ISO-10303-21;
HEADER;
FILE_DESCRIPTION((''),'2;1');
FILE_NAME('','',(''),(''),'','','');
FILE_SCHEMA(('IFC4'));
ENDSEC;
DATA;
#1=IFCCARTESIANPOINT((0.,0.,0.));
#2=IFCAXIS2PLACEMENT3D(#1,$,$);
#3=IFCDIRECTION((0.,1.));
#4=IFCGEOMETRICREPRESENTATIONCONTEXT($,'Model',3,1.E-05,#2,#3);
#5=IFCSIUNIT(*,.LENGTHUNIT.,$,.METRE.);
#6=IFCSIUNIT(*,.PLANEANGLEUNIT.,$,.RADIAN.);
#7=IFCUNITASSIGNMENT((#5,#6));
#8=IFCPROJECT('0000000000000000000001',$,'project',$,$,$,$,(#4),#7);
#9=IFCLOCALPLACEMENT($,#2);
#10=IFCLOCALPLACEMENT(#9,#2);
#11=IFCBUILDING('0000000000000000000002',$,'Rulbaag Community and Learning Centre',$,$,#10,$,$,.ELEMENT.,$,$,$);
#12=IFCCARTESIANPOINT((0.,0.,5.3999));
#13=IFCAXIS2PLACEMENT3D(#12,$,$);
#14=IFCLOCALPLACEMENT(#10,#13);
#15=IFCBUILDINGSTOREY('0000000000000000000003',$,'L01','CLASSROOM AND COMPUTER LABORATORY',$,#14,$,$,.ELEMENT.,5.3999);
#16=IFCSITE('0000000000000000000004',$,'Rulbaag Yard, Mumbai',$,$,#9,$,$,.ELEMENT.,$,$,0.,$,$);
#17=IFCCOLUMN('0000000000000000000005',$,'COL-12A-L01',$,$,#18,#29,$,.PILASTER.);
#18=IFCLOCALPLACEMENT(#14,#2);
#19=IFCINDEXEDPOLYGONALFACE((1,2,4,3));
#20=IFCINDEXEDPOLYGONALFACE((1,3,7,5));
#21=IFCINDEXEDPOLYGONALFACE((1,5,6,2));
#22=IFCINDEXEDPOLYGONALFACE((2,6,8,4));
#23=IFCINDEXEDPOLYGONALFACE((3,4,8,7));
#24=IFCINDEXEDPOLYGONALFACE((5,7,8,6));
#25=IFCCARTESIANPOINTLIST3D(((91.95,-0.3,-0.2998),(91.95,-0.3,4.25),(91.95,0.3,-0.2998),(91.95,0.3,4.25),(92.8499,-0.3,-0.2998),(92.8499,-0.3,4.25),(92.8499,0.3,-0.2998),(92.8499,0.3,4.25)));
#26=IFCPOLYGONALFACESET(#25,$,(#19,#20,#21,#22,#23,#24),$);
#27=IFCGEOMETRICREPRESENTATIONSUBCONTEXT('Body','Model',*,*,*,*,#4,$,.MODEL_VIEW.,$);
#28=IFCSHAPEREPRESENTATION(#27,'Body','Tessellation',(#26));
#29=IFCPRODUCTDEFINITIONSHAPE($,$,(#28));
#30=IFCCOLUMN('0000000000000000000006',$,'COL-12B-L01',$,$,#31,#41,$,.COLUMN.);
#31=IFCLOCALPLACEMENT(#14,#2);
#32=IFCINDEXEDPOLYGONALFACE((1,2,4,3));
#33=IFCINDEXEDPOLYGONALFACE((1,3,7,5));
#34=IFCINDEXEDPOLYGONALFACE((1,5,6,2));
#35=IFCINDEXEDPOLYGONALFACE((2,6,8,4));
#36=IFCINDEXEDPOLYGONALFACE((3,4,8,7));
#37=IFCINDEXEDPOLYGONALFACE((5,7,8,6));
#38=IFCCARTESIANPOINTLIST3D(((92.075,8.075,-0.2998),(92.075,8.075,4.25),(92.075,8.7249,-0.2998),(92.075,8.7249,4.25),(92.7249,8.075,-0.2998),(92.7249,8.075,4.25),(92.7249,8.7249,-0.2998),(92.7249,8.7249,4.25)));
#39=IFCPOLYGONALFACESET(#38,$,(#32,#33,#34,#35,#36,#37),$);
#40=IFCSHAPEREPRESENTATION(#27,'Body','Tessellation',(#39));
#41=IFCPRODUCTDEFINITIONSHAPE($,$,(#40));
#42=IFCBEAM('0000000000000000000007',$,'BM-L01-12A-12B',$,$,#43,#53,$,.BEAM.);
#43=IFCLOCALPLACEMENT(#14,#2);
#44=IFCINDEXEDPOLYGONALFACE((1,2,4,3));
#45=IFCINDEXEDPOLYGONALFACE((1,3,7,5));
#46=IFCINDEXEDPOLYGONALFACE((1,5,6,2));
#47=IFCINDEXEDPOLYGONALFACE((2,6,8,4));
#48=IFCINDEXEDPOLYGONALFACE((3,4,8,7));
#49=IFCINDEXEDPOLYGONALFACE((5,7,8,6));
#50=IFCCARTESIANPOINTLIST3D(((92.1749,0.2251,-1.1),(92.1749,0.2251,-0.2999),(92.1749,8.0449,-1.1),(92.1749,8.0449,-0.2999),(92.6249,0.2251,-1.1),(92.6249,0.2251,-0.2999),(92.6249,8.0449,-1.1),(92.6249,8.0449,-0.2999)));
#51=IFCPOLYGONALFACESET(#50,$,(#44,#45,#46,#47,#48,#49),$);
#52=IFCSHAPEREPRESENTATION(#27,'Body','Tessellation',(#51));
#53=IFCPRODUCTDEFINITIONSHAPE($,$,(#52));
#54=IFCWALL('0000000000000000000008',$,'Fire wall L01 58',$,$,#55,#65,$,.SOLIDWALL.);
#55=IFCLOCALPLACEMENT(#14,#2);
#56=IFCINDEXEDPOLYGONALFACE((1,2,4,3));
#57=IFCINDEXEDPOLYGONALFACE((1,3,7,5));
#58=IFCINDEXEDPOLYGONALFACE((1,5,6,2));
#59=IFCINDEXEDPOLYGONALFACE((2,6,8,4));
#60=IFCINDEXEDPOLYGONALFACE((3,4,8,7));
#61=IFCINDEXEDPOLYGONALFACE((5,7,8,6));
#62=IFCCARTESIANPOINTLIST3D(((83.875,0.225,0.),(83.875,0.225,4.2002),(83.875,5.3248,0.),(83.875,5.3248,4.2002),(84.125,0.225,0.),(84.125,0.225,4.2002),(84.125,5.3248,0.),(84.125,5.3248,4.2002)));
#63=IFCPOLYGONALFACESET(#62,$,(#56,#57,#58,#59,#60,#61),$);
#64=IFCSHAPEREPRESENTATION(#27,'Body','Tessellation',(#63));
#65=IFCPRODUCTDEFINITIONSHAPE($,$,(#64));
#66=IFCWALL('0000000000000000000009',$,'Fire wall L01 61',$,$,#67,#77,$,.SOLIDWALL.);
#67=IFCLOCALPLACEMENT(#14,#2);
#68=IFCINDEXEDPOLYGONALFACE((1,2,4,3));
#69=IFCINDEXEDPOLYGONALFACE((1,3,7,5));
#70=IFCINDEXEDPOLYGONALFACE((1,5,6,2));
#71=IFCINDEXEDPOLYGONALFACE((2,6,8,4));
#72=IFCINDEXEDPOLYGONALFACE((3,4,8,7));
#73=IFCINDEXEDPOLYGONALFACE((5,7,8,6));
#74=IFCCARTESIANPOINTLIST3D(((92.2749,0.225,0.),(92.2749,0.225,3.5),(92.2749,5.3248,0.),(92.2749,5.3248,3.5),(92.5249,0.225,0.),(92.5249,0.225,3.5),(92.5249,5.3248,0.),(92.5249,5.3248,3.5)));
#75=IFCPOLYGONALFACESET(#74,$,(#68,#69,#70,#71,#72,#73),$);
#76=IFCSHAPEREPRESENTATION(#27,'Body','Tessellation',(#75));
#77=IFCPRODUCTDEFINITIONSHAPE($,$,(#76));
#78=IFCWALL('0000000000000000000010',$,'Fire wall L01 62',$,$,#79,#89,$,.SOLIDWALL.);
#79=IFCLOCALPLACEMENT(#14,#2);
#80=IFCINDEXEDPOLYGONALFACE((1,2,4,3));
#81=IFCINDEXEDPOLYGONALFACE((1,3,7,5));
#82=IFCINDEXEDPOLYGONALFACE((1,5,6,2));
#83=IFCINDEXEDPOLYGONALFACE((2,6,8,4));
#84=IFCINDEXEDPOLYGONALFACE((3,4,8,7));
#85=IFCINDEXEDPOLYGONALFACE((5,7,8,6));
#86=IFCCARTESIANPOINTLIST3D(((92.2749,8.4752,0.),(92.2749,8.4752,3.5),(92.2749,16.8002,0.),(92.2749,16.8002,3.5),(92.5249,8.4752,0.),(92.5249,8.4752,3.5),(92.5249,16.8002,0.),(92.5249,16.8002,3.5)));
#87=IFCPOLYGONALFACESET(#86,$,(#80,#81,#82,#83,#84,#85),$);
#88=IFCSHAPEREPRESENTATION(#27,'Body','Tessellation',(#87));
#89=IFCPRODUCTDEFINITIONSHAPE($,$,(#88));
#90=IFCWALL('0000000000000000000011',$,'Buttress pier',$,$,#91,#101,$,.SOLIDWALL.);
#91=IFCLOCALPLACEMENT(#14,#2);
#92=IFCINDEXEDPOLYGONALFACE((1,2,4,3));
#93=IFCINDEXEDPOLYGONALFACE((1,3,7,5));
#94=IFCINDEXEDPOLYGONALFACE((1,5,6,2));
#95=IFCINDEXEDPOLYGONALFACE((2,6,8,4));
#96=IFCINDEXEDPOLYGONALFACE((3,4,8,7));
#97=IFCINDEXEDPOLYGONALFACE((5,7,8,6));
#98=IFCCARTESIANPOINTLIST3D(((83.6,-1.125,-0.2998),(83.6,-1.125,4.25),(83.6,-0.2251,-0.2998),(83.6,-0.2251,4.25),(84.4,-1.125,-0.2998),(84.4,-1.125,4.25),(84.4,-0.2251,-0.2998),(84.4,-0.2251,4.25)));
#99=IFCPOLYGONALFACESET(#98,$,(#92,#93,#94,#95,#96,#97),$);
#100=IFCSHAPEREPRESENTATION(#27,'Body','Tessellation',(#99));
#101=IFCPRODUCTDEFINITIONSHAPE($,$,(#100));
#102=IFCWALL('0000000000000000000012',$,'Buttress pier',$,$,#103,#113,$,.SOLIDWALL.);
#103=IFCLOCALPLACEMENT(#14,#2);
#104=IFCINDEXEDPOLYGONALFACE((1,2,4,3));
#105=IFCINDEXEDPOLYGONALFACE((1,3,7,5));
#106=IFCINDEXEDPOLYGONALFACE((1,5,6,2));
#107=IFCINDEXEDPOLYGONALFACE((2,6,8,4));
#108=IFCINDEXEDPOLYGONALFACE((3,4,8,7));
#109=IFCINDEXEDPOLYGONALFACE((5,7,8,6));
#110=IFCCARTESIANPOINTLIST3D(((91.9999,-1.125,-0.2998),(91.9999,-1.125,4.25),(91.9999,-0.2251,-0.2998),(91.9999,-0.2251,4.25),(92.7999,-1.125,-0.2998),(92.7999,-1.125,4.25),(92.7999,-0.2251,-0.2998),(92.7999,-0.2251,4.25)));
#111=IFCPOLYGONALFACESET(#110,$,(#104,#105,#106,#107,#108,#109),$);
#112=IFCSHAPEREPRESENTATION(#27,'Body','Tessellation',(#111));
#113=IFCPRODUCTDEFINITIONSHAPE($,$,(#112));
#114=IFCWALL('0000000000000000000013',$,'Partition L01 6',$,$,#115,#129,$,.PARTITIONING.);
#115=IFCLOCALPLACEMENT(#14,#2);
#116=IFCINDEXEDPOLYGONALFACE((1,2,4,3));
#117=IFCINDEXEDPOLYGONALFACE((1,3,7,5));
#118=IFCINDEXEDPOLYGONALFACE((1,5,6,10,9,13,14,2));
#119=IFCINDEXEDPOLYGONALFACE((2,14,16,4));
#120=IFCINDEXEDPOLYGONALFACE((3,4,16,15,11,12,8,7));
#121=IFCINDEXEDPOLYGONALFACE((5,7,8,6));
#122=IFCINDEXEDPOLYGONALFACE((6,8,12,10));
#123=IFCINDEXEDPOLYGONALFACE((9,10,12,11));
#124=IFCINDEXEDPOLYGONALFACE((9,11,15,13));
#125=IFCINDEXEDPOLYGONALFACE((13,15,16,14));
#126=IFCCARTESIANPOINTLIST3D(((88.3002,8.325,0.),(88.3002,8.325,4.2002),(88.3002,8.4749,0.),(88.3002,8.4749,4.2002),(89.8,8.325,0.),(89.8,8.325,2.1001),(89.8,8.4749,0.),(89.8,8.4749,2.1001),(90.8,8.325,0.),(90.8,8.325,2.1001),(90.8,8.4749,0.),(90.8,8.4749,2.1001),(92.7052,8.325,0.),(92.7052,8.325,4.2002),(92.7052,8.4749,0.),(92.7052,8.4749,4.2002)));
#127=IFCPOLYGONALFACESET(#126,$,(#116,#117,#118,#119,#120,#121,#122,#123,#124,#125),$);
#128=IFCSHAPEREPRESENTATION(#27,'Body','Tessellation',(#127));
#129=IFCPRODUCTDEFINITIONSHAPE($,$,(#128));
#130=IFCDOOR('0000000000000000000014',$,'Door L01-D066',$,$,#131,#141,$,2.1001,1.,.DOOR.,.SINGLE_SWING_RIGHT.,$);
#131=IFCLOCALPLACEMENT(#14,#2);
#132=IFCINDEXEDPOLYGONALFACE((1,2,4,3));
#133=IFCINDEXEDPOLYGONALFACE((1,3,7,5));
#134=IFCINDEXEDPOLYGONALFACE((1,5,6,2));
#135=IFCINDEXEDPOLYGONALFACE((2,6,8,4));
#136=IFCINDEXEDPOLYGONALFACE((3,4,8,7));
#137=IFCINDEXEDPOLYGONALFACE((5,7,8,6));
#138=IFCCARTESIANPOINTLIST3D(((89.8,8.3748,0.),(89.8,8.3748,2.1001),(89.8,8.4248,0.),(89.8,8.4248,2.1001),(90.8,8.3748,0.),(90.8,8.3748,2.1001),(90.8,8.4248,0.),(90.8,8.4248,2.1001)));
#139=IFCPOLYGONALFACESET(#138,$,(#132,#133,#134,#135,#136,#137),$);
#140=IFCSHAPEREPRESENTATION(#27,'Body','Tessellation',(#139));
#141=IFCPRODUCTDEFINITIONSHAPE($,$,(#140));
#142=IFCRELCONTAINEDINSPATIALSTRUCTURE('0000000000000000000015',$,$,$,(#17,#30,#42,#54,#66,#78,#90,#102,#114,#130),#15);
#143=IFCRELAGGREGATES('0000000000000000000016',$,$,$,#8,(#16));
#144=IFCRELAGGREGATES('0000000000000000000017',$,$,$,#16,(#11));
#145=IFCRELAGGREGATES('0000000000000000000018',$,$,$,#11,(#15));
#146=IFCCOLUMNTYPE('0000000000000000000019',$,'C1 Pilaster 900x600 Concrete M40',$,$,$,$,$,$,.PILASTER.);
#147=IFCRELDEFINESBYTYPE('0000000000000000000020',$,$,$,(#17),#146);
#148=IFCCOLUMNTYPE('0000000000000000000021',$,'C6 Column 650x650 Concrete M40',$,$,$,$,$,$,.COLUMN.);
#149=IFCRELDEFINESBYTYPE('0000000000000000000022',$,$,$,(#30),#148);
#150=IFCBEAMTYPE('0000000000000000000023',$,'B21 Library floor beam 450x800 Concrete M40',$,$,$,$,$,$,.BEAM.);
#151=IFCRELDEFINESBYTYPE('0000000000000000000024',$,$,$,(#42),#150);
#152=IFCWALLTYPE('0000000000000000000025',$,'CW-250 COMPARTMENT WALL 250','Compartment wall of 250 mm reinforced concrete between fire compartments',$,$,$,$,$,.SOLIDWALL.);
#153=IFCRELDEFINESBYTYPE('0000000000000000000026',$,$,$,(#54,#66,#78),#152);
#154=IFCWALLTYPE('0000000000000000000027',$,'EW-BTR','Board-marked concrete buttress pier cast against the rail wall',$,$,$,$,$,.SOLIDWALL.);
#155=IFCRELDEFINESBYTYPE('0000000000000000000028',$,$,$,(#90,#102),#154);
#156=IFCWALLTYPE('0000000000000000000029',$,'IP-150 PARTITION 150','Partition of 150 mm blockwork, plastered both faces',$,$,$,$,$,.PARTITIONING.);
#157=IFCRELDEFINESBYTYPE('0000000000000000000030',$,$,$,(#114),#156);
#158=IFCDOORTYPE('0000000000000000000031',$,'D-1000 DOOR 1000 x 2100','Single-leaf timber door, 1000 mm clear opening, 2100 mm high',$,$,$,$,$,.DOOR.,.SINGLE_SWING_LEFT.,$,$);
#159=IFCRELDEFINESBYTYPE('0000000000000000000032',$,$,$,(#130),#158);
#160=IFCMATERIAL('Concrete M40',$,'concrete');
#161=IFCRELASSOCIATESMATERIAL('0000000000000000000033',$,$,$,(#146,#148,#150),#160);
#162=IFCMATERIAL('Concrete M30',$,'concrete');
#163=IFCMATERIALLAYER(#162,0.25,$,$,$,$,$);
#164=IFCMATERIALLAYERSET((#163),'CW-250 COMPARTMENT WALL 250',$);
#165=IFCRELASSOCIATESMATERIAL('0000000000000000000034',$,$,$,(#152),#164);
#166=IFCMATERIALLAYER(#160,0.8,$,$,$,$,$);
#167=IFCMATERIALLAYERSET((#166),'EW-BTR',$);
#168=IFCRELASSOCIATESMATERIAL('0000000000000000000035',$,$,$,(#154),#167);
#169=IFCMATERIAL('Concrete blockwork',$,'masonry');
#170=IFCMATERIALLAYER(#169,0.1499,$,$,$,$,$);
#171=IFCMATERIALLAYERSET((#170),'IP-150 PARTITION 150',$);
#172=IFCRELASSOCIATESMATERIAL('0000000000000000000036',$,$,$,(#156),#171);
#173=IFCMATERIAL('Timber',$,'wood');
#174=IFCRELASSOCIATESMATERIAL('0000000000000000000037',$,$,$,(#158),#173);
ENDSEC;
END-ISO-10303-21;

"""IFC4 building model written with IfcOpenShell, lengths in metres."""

from ifc_helpers import new_model, si_unit, direction, frame, frame_2d, origin, origin_2d, place, context, subcontext, project, spatial, rectangle, extrude, material, layer, layer_set, material_profile, profile_set, type_object, element, fill, save


model = new_model("IFC4")

# Units and contexts
model_context = context("Model", 3, precision=1e-05, world=origin(), true_north=direction((0.0, 1.0)))
body_context = subcontext(model_context, "Body", "Model", "MODEL_VIEW")
ifc_project = project(units=[si_unit("LENGTHUNIT", "METRE"), si_unit("PLANEANGLEUNIT", "RADIAN")], contexts=[model_context])

# Site, building, storey
site_placement = place(None, origin())
site = spatial("IfcSite", under=ifc_project, at=site_placement, Name="Rulbaag Yard, Mumbai", CompositionType="ELEMENT", RefElevation=0.0)
building_placement = place(site_placement, origin())
building = spatial("IfcBuilding", under=site, at=building_placement, Name="Rulbaag Community and Learning Centre", CompositionType="ELEMENT")
storey_placement = place(building_placement, frame((0.0, 0.0, 5.3999)))
storey = spatial("IfcBuildingStorey", under=building, at=storey_placement, Name="L01", Description="CLASSROOM AND COMPUTER LABORATORY", CompositionType="ELEMENT", Elevation=5.3999)

# Columns
ifc_material_1 = material(Name="Concrete M40", Category="concrete")
ifc_material_profile_1 = material_profile(ifc_material_1, rectangle(XDim=0.8999, YDim=0.6001, at=origin_2d()), Name="RC900x600")
ifc_profile_set_1 = profile_set([ifc_material_profile_1], Name="Concrete M40")
column_type_1 = type_object("IfcColumnType", Name="C1 Pilaster 900x600 Concrete M40", PredefinedType="PILASTER", material=ifc_profile_set_1)
column_1_placement = place(storey_placement, frame((92.3999, 0.0, -0.2998), z_axis=(0.0, 0.0, 1.0), x_axis=(1.0, 0.0, 0.0)))
element("IfcColumn", 1, at=column_1_placement, inside=storey, type_object=column_type_1, Name="COL-12A-L01", PredefinedType="PILASTER", context=body_context, shape_type="SweptSolid", body=[
    extrude(rectangle(XDim=0.8999, YDim=0.6001, at=origin_2d()), origin(), (0.0, 0.0, 1.0), 4.5498),
])
ifc_material_profile_2 = material_profile(ifc_material_1, rectangle(XDim=0.6499, YDim=0.6499, at=origin_2d()), Name="RC650x650")
ifc_profile_set_2 = profile_set([ifc_material_profile_2], Name="Concrete M40")
column_type_2 = type_object("IfcColumnType", Name="C6 Column 650x650 Concrete M40", PredefinedType="COLUMN", material=ifc_profile_set_2)
column_2_placement = place(storey_placement, frame((92.3999, 8.3999, -0.2998), z_axis=(0.0, 0.0, 1.0), x_axis=(1.0, 0.0, 0.0)))
element("IfcColumn", 2, at=column_2_placement, inside=storey, type_object=column_type_2, Name="COL-12B-L01", PredefinedType="COLUMN", context=body_context, shape_type="SweptSolid", body=[
    extrude(rectangle(XDim=0.6499, YDim=0.6499, at=origin_2d()), origin(), (0.0, 0.0, 1.0), 4.5498),
])

# Beam
ifc_material_profile_3 = material_profile(ifc_material_1, rectangle(XDim=0.45, YDim=0.8, at=origin_2d()), Name="RB450x800")
ifc_profile_set_3 = profile_set([ifc_material_profile_3], Name="Concrete M40")
beam_type = type_object("IfcBeamType", Name="B21 Library floor beam 450x800 Concrete M40", PredefinedType="BEAM", material=ifc_profile_set_3)
beam_placement = place(storey_placement, frame((92.3999, 0.2251, -0.7), z_axis=(0.0, 1.0, 0.0), x_axis=(-1.0, 0.0, 0.0)))
element("IfcBeam", 3, at=beam_placement, inside=storey, type_object=beam_type, Name="BM-L01-12A-12B", PredefinedType="BEAM", context=body_context, shape_type="SweptSolid", body=[
    extrude(rectangle(XDim=0.45, YDim=0.8, at=origin_2d()), origin(), (0.0, 0.0, 1.0), 7.8198),
])

# Walls
ifc_material_2 = material(Name="Concrete M30", Category="concrete")
ifc_layer_1 = layer(ifc_material_2, 0.25)
ifc_layer_set_1 = layer_set([ifc_layer_1], Name="CW-250 COMPARTMENT WALL 250")
wall_type_1 = type_object("IfcWallType", Name="CW-250 COMPARTMENT WALL 250", Description="Compartment wall of 250 mm reinforced concrete between fire compartments", PredefinedType="SOLIDWALL", material=ifc_layer_set_1)
wall_1_placement = place(storey_placement, frame((84.0, 0.2251, 0.0), z_axis=(0.0, 0.0, 1.0), x_axis=(0.0, 1.0, 0.0)))
element("IfcWall", 4, at=wall_1_placement, inside=storey, type_object=wall_type_1, Name="Fire wall L01 58", PredefinedType="SOLIDWALL", context=body_context, shape_type="SweptSolid", body=[
    extrude(rectangle(XDim=5.0999, YDim=0.25, at=frame_2d((2.5498, 0.0))), origin(), (0.0, 0.0, 1.0), 4.2002),
])
wall_2_placement = place(storey_placement, frame((92.3999, 0.2251, 0.0), z_axis=(0.0, 0.0, 1.0), x_axis=(0.0, 1.0, 0.0)))
element("IfcWall", 5, at=wall_2_placement, inside=storey, type_object=wall_type_1, Name="Fire wall L01 61", PredefinedType="SOLIDWALL", context=body_context, shape_type="SweptSolid", body=[
    extrude(rectangle(XDim=5.0999, YDim=0.25, at=frame_2d((2.5498, 0.0))), origin(), (0.0, 0.0, 1.0), 3.5),
])
wall_3_placement = place(storey_placement, frame((92.3999, 8.4751, 0.0), z_axis=(0.0, 0.0, 1.0), x_axis=(0.0, 1.0, 0.0)))
element("IfcWall", 6, at=wall_3_placement, inside=storey, type_object=wall_type_1, Name="Fire wall L01 62", PredefinedType="SOLIDWALL", context=body_context, shape_type="SweptSolid", body=[
    extrude(rectangle(XDim=8.325, YDim=0.25, at=frame_2d((4.1626, 0.0))), origin(), (0.0, 0.0, 1.0), 3.5),
])
ifc_layer_2 = layer(ifc_material_1, 0.8)
ifc_layer_set_2 = layer_set([ifc_layer_2], Name="EW-BTR")
wall_type_2 = type_object("IfcWallType", Name="EW-BTR", Description="Board-marked concrete buttress pier cast against the rail wall", PredefinedType="SOLIDWALL", material=ifc_layer_set_2)
for number, where, z_axis, x_axis, name in (
    (7, (84.0, -0.2251, -0.2998), (0.0, 0.0, 1.0), (0.0, -1.0, 0.0), "Buttress pier"),
    (8, (92.3999, -0.2251, -0.2998), (0.0, 0.0, 1.0), (0.0, -1.0, 0.0), "Buttress pier"),
):
    element("IfcWall", number, at=place(storey_placement, frame(where, z_axis=z_axis, x_axis=x_axis)), inside=storey, type_object=wall_type_2, Name=name, PredefinedType="SOLIDWALL", context=body_context, shape_type="SweptSolid", body=[
        extrude(rectangle(XDim=0.8999, YDim=0.8, at=frame_2d((0.45, 0.0))), origin(), (0.0, 0.0, 1.0), 4.5498),
    ])

# Wall, opening, door
ifc_material_3 = material(Name="Concrete blockwork", Category="masonry")
ifc_layer_3 = layer(ifc_material_3, 0.1499)
ifc_layer_set_3 = layer_set([ifc_layer_3], Name="IP-150 PARTITION 150")
wall_type_3 = type_object("IfcWallType", Name="IP-150 PARTITION 150", Description="Partition of 150 mm blockwork, plastered both faces", PredefinedType="PARTITIONING", material=ifc_layer_set_3)
wall_4_placement = place(storey_placement, frame((88.3, 8.3999, 0.0), z_axis=(0.0, 0.0, 1.0), x_axis=(1.0, 0.0, 0.0)))
wall_4 = element("IfcWall", 9, at=wall_4_placement, inside=storey, type_object=wall_type_3, Name="Partition L01 6", PredefinedType="PARTITIONING", context=body_context, shape_type="SweptSolid", body=[
    extrude(rectangle(XDim=4.405, YDim=0.1499, at=frame_2d((2.2026, 0.0))), origin(), (0.0, 0.0, 1.0), 4.2002),
])
opening_1_placement = place(wall_4_placement, frame((1.5, 0.0, 0.0)))
opening_1 = element("IfcOpeningElement", 10, at=opening_1_placement, cuts=wall_4, PredefinedType="OPENING", context=body_context, shape_type="SweptSolid", body=[
    extrude(rectangle(XDim=1.0, YDim=2.1001, at=frame_2d((0.5, 1.05))), frame((0.0, 0.085, 0.0), z_axis=(0.0, -1.0, 0.0), x_axis=(1.0, 0.0, 0.0)), (0.0, 0.0, 1.0), 0.1699),
])
ifc_material_4 = material(Name="Timber", Category="wood")
door_type_1 = type_object("IfcDoorType", Name="D-1000 DOOR 1000 x 2100", Description="Single-leaf timber door, 1000 mm clear opening, 2100 mm high", OperationType="SINGLE_SWING_LEFT", PredefinedType="DOOR", material=ifc_material_4)
door_1_placement = place(opening_1_placement, origin())
door_1 = element("IfcDoor", 11, at=door_1_placement, inside=storey, type_object=door_type_1, Name="Door L01-D066", OperationType="SINGLE_SWING_RIGHT", OverallHeight=2.1001, OverallWidth=1.0, PredefinedType="DOOR", context=body_context, shape_type="SweptSolid", body=[
    extrude(rectangle(XDim=1.0, YDim=2.1001, at=frame_2d((0.5, 1.05))), frame((0.0, 0.0249, 0.0), z_axis=(0.0, -1.0, 0.0), x_axis=(1.0, 0.0, 0.0)), (0.0, 0.0, 1.0), 0.05),
])
fill(opening_1, door_1)

save(model, "model.ifc")
